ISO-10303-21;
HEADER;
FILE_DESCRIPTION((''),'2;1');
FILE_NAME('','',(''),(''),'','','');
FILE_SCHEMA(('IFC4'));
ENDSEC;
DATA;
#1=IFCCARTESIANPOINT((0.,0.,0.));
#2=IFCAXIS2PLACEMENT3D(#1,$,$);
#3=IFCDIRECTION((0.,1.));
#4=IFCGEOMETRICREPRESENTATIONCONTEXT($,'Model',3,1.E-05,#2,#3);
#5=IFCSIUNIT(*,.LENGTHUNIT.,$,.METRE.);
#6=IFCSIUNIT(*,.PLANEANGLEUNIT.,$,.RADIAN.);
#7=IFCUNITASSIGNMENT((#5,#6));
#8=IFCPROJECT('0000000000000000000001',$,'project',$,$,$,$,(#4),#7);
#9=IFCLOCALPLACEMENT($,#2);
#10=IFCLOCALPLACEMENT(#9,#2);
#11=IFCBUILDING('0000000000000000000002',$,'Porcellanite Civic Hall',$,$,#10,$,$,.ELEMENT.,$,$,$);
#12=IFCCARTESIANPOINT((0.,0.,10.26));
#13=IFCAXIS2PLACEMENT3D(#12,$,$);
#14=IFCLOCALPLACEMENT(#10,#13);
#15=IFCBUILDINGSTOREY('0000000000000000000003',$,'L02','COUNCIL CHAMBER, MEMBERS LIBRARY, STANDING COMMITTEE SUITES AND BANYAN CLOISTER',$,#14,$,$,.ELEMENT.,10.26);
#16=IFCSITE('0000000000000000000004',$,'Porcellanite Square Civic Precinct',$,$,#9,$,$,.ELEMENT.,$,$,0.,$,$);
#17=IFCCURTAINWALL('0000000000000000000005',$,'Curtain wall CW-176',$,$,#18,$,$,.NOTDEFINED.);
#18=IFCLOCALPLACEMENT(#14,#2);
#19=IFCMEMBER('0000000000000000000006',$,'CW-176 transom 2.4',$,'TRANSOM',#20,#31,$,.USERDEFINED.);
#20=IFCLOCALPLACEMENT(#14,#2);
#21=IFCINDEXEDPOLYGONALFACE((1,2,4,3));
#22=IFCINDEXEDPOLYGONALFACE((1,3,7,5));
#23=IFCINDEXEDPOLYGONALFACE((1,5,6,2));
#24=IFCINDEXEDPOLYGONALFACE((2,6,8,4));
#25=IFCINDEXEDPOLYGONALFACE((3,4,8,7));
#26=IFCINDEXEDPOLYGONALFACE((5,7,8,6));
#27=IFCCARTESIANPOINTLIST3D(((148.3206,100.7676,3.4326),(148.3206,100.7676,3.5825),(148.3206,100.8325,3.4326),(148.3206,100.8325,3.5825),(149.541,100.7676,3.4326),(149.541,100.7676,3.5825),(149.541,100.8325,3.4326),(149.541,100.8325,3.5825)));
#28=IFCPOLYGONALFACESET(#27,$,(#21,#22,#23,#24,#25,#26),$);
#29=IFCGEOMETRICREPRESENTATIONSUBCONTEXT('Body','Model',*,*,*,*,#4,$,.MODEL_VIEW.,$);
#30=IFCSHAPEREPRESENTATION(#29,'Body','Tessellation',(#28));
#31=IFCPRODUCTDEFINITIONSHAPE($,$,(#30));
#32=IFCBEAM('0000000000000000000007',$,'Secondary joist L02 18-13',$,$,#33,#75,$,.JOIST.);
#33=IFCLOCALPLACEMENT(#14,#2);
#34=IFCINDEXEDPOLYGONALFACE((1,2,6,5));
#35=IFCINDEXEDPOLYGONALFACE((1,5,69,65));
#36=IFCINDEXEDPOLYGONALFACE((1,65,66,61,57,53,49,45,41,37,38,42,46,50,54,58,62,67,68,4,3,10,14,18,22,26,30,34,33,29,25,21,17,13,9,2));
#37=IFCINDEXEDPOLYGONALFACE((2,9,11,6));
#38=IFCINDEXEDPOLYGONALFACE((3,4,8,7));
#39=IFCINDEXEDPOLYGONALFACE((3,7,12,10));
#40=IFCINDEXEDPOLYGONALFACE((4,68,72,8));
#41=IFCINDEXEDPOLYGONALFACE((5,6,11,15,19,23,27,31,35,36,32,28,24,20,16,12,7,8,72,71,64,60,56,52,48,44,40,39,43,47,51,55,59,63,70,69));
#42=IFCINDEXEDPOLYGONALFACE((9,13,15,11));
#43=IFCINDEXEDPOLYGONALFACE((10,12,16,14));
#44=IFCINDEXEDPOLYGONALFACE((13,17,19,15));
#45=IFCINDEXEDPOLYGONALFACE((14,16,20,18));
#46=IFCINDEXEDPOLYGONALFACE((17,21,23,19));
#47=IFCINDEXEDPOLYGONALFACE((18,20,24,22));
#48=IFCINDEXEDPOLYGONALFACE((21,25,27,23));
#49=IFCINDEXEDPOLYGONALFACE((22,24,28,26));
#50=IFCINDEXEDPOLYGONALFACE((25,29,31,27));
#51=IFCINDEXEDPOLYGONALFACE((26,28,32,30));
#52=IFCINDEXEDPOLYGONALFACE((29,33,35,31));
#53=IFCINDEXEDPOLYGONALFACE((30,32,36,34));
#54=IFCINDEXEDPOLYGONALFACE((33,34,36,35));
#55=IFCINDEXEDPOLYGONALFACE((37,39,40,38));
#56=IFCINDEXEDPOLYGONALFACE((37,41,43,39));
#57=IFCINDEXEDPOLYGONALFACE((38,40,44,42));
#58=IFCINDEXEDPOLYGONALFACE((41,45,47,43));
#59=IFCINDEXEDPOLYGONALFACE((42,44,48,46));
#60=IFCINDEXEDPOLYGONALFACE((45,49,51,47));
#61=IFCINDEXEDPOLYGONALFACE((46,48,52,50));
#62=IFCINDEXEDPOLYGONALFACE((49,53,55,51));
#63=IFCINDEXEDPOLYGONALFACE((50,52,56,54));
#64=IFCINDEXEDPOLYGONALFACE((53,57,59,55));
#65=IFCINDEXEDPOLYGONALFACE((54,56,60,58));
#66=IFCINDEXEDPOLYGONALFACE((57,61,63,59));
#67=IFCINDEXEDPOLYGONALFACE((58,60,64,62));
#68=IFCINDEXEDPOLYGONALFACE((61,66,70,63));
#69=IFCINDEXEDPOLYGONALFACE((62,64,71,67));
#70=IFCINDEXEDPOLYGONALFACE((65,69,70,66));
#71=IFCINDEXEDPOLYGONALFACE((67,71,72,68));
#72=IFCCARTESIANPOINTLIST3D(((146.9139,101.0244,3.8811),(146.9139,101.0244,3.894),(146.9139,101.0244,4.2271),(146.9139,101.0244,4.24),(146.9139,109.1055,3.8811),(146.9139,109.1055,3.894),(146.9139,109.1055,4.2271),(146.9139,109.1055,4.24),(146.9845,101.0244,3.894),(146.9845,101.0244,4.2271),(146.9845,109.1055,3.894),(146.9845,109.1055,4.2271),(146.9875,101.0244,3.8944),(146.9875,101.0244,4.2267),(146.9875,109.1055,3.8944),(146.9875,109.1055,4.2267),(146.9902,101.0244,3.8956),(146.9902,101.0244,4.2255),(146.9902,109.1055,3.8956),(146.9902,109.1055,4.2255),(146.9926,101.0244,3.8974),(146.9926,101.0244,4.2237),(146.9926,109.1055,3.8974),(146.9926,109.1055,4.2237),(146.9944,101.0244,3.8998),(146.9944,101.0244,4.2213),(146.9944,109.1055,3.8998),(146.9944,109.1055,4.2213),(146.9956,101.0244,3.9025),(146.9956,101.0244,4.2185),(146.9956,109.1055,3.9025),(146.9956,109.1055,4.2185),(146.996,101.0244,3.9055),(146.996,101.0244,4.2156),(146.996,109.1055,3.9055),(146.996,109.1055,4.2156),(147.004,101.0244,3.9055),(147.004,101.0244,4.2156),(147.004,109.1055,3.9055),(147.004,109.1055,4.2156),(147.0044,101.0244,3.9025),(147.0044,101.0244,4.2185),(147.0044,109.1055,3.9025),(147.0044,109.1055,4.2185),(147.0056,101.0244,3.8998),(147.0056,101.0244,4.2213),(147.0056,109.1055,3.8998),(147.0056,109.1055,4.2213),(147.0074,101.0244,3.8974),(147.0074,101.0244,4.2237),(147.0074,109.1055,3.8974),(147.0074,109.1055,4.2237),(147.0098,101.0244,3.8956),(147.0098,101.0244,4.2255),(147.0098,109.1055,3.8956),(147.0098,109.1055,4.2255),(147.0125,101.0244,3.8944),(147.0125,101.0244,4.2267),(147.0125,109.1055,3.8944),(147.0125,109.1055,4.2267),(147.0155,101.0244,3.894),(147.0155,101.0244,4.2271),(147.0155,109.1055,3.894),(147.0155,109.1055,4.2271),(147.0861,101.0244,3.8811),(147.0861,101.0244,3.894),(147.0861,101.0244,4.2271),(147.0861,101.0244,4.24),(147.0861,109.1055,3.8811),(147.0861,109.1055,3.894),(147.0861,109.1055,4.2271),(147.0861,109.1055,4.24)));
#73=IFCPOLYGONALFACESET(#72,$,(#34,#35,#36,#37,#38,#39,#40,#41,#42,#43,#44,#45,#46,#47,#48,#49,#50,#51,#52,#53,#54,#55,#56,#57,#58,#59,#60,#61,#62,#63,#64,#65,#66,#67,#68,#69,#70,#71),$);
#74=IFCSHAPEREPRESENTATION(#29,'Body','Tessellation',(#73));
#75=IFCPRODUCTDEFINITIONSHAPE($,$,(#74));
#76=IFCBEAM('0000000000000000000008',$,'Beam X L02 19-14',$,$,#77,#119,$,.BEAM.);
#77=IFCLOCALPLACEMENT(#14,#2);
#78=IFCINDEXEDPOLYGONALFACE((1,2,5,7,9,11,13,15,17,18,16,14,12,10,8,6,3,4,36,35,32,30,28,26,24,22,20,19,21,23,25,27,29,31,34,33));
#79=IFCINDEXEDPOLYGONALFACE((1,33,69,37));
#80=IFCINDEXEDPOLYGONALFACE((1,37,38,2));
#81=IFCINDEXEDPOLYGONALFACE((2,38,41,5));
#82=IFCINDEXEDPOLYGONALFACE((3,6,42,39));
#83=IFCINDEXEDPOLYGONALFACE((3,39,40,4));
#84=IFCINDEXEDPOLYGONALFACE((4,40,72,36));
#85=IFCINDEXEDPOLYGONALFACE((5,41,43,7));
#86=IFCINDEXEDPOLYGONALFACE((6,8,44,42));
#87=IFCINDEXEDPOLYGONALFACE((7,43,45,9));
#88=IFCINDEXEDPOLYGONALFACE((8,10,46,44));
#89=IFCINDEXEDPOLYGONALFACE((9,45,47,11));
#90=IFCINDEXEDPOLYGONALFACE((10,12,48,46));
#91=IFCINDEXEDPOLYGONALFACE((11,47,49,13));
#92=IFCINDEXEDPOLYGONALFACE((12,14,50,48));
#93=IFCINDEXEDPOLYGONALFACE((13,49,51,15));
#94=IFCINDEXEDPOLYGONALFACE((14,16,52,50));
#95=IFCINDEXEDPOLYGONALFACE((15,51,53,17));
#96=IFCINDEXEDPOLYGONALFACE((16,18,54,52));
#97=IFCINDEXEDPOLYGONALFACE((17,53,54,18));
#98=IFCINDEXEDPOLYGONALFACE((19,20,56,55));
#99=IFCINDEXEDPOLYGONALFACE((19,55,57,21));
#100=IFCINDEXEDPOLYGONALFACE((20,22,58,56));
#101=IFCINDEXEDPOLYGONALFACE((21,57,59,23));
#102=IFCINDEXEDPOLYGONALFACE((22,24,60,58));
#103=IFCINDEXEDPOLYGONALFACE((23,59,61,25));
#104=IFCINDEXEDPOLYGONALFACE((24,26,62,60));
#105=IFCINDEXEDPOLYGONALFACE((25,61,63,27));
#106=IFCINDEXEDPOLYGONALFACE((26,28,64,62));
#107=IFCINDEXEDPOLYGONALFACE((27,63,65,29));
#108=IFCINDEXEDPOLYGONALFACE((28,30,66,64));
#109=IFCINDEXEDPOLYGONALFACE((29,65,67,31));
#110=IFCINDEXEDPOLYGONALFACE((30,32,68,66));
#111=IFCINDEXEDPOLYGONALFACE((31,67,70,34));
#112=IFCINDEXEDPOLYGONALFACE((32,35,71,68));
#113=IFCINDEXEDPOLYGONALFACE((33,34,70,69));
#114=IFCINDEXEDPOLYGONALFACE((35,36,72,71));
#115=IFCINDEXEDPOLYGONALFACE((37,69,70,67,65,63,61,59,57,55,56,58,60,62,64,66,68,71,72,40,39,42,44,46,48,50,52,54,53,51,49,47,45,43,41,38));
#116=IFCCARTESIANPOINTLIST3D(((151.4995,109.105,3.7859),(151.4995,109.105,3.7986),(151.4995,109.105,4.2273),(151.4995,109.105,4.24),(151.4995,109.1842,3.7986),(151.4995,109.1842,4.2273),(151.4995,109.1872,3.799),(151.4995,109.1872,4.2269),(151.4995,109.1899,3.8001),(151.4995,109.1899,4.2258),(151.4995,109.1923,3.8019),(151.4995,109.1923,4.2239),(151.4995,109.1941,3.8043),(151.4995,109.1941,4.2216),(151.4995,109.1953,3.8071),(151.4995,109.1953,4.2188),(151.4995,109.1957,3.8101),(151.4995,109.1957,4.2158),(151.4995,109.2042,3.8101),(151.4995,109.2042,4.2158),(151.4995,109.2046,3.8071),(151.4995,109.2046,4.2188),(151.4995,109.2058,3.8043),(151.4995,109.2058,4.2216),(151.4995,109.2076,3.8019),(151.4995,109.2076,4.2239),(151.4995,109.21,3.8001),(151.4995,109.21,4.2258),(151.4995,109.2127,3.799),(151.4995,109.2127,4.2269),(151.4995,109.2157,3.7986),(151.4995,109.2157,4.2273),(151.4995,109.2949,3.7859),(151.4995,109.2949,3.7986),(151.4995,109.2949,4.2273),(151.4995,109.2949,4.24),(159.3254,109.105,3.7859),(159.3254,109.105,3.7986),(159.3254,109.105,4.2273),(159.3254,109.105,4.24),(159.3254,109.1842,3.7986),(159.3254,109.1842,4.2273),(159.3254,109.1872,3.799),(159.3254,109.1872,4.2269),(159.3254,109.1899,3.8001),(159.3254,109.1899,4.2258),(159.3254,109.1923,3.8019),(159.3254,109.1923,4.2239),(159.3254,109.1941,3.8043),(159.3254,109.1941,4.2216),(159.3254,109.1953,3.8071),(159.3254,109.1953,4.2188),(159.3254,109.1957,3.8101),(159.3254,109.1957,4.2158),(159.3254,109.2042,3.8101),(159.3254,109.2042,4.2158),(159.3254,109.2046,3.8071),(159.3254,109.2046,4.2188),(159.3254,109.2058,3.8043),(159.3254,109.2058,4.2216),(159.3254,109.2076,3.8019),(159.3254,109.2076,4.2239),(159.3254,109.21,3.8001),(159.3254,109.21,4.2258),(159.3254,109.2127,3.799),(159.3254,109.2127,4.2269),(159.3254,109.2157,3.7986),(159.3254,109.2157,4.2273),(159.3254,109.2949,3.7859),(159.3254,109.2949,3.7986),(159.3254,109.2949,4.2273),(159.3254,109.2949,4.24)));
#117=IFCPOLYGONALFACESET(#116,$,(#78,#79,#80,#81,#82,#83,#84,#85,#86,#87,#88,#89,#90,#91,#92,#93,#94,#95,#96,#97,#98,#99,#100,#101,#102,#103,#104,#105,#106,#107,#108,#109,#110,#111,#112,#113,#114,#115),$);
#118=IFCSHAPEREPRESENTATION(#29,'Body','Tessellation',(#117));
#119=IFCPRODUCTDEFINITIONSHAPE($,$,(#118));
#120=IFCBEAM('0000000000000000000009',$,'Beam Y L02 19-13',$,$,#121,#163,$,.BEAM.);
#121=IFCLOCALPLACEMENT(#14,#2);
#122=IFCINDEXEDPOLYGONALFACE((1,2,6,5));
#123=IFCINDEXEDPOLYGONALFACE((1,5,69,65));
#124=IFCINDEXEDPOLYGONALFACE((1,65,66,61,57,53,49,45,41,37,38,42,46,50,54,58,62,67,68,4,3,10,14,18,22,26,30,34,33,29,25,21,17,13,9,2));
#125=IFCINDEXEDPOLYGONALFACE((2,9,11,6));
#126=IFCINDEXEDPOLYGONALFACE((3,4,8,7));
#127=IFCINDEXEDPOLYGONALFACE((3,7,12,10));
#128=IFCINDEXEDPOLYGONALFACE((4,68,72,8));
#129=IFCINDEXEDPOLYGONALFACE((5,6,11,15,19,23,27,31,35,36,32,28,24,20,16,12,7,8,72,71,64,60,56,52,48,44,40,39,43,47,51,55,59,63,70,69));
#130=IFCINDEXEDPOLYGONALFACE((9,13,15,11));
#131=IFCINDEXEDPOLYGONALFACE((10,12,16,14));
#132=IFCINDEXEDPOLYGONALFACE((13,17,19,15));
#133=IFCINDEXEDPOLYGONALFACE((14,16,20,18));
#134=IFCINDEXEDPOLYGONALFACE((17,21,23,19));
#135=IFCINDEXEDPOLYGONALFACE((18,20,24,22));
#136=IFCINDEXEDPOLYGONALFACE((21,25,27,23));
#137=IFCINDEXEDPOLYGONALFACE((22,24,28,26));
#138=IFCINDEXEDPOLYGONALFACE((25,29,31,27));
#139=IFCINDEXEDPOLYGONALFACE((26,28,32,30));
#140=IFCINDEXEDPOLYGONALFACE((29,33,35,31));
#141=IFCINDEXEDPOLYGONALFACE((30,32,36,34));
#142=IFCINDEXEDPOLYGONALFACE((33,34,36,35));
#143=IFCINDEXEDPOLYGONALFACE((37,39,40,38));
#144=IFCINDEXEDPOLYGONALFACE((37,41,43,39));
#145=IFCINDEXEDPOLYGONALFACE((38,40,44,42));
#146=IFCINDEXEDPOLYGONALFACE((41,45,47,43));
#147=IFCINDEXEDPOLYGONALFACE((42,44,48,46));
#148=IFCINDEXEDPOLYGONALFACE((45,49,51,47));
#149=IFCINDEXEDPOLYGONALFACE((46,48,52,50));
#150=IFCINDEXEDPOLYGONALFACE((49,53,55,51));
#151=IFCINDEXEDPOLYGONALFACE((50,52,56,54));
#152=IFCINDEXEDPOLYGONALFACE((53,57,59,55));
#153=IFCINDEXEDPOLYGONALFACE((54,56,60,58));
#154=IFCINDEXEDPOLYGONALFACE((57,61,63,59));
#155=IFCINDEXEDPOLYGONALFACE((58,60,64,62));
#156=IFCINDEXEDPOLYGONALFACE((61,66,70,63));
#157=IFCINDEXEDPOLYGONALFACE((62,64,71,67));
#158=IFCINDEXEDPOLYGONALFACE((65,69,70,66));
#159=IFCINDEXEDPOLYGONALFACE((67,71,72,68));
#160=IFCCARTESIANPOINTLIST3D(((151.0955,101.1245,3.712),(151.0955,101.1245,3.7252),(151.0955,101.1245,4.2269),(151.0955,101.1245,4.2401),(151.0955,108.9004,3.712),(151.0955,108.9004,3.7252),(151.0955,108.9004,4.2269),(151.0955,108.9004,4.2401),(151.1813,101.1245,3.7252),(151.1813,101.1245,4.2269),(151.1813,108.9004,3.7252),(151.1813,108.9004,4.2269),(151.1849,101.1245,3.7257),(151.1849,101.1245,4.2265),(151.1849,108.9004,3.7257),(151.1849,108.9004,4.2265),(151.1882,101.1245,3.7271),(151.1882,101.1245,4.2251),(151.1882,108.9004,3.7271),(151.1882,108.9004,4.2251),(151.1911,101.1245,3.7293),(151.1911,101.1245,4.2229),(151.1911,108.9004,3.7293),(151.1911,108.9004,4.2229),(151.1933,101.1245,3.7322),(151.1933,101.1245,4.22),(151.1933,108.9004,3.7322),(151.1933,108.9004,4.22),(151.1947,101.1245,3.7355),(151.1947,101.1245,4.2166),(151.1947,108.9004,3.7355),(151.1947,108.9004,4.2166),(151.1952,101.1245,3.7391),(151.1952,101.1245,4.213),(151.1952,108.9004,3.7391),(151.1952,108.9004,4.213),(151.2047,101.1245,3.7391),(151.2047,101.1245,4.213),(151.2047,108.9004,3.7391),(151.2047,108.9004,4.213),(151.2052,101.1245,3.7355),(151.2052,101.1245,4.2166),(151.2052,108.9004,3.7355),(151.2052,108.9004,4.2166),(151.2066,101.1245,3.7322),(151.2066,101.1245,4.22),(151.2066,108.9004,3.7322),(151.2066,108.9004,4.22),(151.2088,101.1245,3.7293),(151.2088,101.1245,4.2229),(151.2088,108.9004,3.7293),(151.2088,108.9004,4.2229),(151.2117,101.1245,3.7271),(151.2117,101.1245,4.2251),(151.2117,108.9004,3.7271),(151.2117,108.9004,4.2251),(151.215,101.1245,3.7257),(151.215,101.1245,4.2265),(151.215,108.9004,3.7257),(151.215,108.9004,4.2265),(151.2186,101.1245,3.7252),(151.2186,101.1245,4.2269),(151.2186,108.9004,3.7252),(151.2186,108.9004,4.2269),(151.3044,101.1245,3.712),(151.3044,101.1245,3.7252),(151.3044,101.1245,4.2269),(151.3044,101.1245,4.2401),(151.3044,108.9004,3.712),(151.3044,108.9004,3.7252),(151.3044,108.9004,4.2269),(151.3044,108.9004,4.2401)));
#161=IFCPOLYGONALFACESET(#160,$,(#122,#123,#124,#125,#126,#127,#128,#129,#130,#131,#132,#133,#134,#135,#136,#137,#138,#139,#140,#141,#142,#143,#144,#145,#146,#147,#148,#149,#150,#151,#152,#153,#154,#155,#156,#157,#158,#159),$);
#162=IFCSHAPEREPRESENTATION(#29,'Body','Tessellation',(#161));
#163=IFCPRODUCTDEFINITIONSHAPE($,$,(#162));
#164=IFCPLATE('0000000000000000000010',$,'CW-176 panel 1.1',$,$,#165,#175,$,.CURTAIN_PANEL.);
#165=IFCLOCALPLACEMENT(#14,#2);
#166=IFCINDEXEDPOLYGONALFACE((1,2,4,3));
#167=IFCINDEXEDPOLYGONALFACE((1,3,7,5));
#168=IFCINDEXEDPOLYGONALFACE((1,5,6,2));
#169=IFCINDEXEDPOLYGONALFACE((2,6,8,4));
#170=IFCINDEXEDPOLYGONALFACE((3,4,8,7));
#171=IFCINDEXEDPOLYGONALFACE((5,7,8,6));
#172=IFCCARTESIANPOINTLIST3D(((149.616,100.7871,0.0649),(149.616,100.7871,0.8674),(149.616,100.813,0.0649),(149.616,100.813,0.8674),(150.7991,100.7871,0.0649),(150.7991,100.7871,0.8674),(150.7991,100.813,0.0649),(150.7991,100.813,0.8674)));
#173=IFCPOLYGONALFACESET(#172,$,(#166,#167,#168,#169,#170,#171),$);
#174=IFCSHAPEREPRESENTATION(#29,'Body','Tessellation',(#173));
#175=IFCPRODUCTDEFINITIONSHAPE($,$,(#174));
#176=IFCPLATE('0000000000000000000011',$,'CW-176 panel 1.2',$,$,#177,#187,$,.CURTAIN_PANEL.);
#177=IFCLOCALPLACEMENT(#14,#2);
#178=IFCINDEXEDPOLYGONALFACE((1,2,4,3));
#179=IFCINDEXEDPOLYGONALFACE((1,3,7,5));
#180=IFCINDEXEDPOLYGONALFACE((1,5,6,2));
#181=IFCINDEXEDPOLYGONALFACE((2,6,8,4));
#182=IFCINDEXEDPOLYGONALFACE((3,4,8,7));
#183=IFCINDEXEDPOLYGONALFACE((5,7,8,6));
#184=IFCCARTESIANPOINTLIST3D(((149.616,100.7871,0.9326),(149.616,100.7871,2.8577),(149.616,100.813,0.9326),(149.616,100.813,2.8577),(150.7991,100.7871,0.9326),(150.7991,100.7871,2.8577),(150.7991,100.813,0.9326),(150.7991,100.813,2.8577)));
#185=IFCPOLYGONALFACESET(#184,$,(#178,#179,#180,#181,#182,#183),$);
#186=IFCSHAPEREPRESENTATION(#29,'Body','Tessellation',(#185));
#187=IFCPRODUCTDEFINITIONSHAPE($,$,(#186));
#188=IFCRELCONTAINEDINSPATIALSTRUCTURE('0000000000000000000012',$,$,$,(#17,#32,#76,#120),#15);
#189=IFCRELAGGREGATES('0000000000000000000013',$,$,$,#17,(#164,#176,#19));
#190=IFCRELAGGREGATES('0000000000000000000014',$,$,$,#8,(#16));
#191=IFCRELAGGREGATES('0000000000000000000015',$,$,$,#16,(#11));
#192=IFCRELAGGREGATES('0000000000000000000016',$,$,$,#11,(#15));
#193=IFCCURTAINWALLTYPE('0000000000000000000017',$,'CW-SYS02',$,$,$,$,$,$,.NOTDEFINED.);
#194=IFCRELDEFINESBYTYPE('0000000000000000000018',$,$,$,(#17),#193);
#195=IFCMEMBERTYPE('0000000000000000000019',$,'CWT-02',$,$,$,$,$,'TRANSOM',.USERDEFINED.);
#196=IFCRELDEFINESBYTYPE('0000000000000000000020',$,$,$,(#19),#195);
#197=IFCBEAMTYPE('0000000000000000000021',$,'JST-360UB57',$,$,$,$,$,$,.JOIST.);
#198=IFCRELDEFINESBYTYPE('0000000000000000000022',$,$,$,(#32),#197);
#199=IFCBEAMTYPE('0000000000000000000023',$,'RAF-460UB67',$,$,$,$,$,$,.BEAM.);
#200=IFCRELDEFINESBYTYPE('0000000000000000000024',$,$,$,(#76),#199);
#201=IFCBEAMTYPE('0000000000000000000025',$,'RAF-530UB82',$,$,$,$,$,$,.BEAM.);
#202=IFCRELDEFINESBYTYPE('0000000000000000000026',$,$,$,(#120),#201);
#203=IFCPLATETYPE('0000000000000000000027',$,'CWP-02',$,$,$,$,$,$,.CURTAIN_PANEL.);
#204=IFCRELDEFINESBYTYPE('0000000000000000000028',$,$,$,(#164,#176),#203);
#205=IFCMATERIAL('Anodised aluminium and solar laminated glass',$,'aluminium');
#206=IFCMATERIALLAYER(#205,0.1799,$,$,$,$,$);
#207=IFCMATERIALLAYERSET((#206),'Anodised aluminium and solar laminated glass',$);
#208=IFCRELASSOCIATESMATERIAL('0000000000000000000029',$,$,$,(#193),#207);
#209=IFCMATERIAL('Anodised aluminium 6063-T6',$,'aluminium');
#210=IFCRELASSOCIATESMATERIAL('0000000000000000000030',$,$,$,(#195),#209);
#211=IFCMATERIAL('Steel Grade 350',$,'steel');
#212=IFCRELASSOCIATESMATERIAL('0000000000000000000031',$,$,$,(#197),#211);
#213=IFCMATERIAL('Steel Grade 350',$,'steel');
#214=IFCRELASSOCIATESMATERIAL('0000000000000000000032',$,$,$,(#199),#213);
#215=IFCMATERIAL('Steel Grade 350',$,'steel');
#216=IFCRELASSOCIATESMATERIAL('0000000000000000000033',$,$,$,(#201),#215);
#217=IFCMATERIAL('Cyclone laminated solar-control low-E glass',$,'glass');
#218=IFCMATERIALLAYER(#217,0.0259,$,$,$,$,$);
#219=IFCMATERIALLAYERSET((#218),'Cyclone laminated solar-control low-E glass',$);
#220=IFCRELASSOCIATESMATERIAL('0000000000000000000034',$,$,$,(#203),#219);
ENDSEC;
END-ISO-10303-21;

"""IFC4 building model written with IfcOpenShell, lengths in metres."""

from ifc_helpers import new_model, si_unit, direction, frame, origin, origin_2d, place, context, subcontext, project, spatial, rectangle, i_section, extrude, material, layer, layer_set, material_profile, profile_set, type_object, element, aggregate, save


model = new_model("IFC4")

# Units and contexts
model_context = context("Model", 3, precision=1e-05, world=origin(), true_north=direction((0.0, 1.0)))
body_context = subcontext(model_context, "Body", "Model", "MODEL_VIEW")
ifc_project = project(units=[si_unit("LENGTHUNIT", "METRE"), si_unit("PLANEANGLEUNIT", "RADIAN")], contexts=[model_context])

# Site, building, storey
site_placement = place(None, origin())
site = spatial("IfcSite", under=ifc_project, at=site_placement, Name="Porcellanite Square Civic Precinct", CompositionType="ELEMENT", RefElevation=0.0)
building_placement = place(site_placement, origin())
building = spatial("IfcBuilding", under=site, at=building_placement, Name="Porcellanite Civic Hall", CompositionType="ELEMENT")
storey_placement = place(building_placement, frame((0.0, 0.0, 10.26)))
storey = spatial("IfcBuildingStorey", under=building, at=storey_placement, Name="L02", Description="COUNCIL CHAMBER, MEMBERS LIBRARY, STANDING COMMITTEE SUITES AND BANYAN CLOISTER", CompositionType="ELEMENT", Elevation=10.26)

# Curtain wall
ifc_material_1 = material(Name="Anodised aluminium and solar laminated glass", Category="aluminium")
ifc_layer_1 = layer(ifc_material_1, 0.1799)
ifc_layer_set_1 = layer_set([ifc_layer_1], Name="Anodised aluminium and solar laminated glass")
curtain_wall_type = type_object("IfcCurtainWallType", Name="CW-SYS02", PredefinedType="NOTDEFINED", material=ifc_layer_set_1)
curtain_wall_1_placement = place(storey_placement, origin())
curtain_wall_1 = element("IfcCurtainWall", 1, at=curtain_wall_1_placement, inside=storey, type_object=curtain_wall_type, Name="Curtain wall CW-176", PredefinedType="NOTDEFINED")

# Member
ifc_material_2 = material(Name="Anodised aluminium 6063-T6", Category="aluminium")
ifc_material_profile_1 = material_profile(ifc_material_2, rectangle(XDim=0.0649, YDim=0.1499, at=origin_2d()), Name="AL-65x150")
ifc_profile_set_1 = profile_set([ifc_material_profile_1], Name="Anodised aluminium 6063-T6")
member_type_1 = type_object("IfcMemberType", Name="CWT-02", ElementType="TRANSOM", PredefinedType="USERDEFINED", material=ifc_profile_set_1)
member_1_placement = place(storey_placement, frame((149.541, 100.8, 3.5076), z_axis=(-1.0, 0.0, 0.0), x_axis=(0.0, -1.0, 0.0)))
member_1 = element("IfcMember", 2, at=member_1_placement, type_object=member_type_1, Name="CW-176 transom 2.4", ObjectType="TRANSOM", PredefinedType="USERDEFINED", context=body_context, shape_type="SweptSolid", body=[
    extrude(rectangle(XDim=0.0649, YDim=0.1499, at=origin_2d()), origin(), (0.0, 0.0, 1.0), 1.2205),
])

# Beams
ifc_material_3 = material(Name="Steel Grade 350", Category="steel")
ifc_material_profile_2 = material_profile(ifc_material_3, i_section(OverallWidth=0.1721, OverallDepth=0.3589, WebThickness=0.0081, FlangeThickness=0.0129, FilletRadius=0.0115, at=origin_2d()), Name="360UB56.7")
ifc_profile_set_2 = profile_set([ifc_material_profile_2], Name="Steel Grade 350")
beam_type_1 = type_object("IfcBeamType", Name="JST-360UB57", PredefinedType="JOIST", material=ifc_profile_set_2)
beam_1_placement = place(storey_placement, frame((147.0, 101.0244, 4.0605), z_axis=(0.0, 1.0, 0.0), x_axis=(-1.0, 0.0, 0.0)))
element("IfcBeam", 3, at=beam_1_placement, inside=storey, type_object=beam_type_1, Name="Secondary joist L02 18-13", PredefinedType="JOIST", context=body_context, shape_type="SweptSolid", body=[
    extrude(i_section(OverallWidth=0.1721, OverallDepth=0.3589, WebThickness=0.0081, FlangeThickness=0.0129, FilletRadius=0.0115, at=origin_2d()), origin(), (0.0, 0.0, 1.0), 8.0811),
])
ifc_material_4 = material(Name="Steel Grade 350", Category="steel")
ifc_material_profile_3 = material_profile(ifc_material_4, i_section(OverallWidth=0.1899, OverallDepth=0.4541, WebThickness=0.0085, FlangeThickness=0.0127, FilletRadius=0.0115, at=origin_2d()), Name="460UB67.1")
ifc_profile_set_3 = profile_set([ifc_material_profile_3], Name="Steel Grade 350")
beam_type_2 = type_object("IfcBeamType", Name="RAF-460UB67", PredefinedType="BEAM", material=ifc_profile_set_3)
beam_2_placement = place(storey_placement, frame((151.4995, 109.2, 4.0129), z_axis=(1.0, 0.0, 0.0), x_axis=(0.0, 1.0, 0.0)))
element("IfcBeam", 4, at=beam_2_placement, inside=storey, type_object=beam_type_2, Name="Beam X L02 19-14", PredefinedType="BEAM", context=body_context, shape_type="SweptSolid", body=[
    extrude(i_section(OverallWidth=0.1899, OverallDepth=0.4541, WebThickness=0.0085, FlangeThickness=0.0127, FilletRadius=0.0115, at=origin_2d()), origin(), (0.0, 0.0, 1.0), 7.8259),
])
ifc_material_5 = material(Name="Steel Grade 350", Category="steel")
ifc_material_profile_4 = material_profile(ifc_material_5, i_section(OverallWidth=0.209, OverallDepth=0.5281, WebThickness=0.0095, FlangeThickness=0.0132, FilletRadius=0.0139, at=origin_2d()), Name="530UB82.0")
ifc_profile_set_4 = profile_set([ifc_material_profile_4], Name="Steel Grade 350")
beam_type_3 = type_object("IfcBeamType", Name="RAF-530UB82", PredefinedType="BEAM", material=ifc_profile_set_4)
beam_3_placement = place(storey_placement, frame((151.2, 101.1245, 3.9761), z_axis=(0.0, 1.0, 0.0), x_axis=(-1.0, 0.0, 0.0)))
element("IfcBeam", 5, at=beam_3_placement, inside=storey, type_object=beam_type_3, Name="Beam Y L02 19-13", PredefinedType="BEAM", context=body_context, shape_type="SweptSolid", body=[
    extrude(i_section(OverallWidth=0.209, OverallDepth=0.5281, WebThickness=0.0095, FlangeThickness=0.0132, FilletRadius=0.0139, at=origin_2d()), origin(), (0.0, 0.0, 1.0), 7.7759),
])

# Plates
ifc_material_6 = material(Name="Cyclone laminated solar-control low-E glass", Category="glass")
ifc_layer_2 = layer(ifc_material_6, 0.0259)
ifc_layer_set_2 = layer_set([ifc_layer_2], Name="Cyclone laminated solar-control low-E glass")
plate_type = type_object("IfcPlateType", Name="CWP-02", PredefinedType="CURTAIN_PANEL", material=ifc_layer_set_2)
plate_1_placement = place(storey_placement, frame((150.2075, 100.8, 0.0649), z_axis=(0.0, 0.0, 1.0), x_axis=(-1.0, 0.0, 0.0)))
plate_1 = element("IfcPlate", 6, at=plate_1_placement, type_object=plate_type, Name="CW-176 panel 1.1", PredefinedType="CURTAIN_PANEL", context=body_context, shape_type="SweptSolid", body=[
    extrude(rectangle(XDim=1.1831, YDim=0.0259, at=origin_2d()), origin(), (0.0, 0.0, 1.0), 0.8025),
])
plate_2_placement = place(storey_placement, frame((150.2075, 100.8, 0.9326), z_axis=(0.0, 0.0, 1.0), x_axis=(-1.0, 0.0, 0.0)))
plate_2 = element("IfcPlate", 7, at=plate_2_placement, type_object=plate_type, Name="CW-176 panel 1.2", PredefinedType="CURTAIN_PANEL", context=body_context, shape_type="SweptSolid", body=[
    extrude(rectangle(XDim=1.1831, YDim=0.0259, at=origin_2d()), origin(), (0.0, 0.0, 1.0), 1.925),
])
aggregate(curtain_wall_1, [plate_1, plate_2, member_1])

save(model, "model.ifc")
